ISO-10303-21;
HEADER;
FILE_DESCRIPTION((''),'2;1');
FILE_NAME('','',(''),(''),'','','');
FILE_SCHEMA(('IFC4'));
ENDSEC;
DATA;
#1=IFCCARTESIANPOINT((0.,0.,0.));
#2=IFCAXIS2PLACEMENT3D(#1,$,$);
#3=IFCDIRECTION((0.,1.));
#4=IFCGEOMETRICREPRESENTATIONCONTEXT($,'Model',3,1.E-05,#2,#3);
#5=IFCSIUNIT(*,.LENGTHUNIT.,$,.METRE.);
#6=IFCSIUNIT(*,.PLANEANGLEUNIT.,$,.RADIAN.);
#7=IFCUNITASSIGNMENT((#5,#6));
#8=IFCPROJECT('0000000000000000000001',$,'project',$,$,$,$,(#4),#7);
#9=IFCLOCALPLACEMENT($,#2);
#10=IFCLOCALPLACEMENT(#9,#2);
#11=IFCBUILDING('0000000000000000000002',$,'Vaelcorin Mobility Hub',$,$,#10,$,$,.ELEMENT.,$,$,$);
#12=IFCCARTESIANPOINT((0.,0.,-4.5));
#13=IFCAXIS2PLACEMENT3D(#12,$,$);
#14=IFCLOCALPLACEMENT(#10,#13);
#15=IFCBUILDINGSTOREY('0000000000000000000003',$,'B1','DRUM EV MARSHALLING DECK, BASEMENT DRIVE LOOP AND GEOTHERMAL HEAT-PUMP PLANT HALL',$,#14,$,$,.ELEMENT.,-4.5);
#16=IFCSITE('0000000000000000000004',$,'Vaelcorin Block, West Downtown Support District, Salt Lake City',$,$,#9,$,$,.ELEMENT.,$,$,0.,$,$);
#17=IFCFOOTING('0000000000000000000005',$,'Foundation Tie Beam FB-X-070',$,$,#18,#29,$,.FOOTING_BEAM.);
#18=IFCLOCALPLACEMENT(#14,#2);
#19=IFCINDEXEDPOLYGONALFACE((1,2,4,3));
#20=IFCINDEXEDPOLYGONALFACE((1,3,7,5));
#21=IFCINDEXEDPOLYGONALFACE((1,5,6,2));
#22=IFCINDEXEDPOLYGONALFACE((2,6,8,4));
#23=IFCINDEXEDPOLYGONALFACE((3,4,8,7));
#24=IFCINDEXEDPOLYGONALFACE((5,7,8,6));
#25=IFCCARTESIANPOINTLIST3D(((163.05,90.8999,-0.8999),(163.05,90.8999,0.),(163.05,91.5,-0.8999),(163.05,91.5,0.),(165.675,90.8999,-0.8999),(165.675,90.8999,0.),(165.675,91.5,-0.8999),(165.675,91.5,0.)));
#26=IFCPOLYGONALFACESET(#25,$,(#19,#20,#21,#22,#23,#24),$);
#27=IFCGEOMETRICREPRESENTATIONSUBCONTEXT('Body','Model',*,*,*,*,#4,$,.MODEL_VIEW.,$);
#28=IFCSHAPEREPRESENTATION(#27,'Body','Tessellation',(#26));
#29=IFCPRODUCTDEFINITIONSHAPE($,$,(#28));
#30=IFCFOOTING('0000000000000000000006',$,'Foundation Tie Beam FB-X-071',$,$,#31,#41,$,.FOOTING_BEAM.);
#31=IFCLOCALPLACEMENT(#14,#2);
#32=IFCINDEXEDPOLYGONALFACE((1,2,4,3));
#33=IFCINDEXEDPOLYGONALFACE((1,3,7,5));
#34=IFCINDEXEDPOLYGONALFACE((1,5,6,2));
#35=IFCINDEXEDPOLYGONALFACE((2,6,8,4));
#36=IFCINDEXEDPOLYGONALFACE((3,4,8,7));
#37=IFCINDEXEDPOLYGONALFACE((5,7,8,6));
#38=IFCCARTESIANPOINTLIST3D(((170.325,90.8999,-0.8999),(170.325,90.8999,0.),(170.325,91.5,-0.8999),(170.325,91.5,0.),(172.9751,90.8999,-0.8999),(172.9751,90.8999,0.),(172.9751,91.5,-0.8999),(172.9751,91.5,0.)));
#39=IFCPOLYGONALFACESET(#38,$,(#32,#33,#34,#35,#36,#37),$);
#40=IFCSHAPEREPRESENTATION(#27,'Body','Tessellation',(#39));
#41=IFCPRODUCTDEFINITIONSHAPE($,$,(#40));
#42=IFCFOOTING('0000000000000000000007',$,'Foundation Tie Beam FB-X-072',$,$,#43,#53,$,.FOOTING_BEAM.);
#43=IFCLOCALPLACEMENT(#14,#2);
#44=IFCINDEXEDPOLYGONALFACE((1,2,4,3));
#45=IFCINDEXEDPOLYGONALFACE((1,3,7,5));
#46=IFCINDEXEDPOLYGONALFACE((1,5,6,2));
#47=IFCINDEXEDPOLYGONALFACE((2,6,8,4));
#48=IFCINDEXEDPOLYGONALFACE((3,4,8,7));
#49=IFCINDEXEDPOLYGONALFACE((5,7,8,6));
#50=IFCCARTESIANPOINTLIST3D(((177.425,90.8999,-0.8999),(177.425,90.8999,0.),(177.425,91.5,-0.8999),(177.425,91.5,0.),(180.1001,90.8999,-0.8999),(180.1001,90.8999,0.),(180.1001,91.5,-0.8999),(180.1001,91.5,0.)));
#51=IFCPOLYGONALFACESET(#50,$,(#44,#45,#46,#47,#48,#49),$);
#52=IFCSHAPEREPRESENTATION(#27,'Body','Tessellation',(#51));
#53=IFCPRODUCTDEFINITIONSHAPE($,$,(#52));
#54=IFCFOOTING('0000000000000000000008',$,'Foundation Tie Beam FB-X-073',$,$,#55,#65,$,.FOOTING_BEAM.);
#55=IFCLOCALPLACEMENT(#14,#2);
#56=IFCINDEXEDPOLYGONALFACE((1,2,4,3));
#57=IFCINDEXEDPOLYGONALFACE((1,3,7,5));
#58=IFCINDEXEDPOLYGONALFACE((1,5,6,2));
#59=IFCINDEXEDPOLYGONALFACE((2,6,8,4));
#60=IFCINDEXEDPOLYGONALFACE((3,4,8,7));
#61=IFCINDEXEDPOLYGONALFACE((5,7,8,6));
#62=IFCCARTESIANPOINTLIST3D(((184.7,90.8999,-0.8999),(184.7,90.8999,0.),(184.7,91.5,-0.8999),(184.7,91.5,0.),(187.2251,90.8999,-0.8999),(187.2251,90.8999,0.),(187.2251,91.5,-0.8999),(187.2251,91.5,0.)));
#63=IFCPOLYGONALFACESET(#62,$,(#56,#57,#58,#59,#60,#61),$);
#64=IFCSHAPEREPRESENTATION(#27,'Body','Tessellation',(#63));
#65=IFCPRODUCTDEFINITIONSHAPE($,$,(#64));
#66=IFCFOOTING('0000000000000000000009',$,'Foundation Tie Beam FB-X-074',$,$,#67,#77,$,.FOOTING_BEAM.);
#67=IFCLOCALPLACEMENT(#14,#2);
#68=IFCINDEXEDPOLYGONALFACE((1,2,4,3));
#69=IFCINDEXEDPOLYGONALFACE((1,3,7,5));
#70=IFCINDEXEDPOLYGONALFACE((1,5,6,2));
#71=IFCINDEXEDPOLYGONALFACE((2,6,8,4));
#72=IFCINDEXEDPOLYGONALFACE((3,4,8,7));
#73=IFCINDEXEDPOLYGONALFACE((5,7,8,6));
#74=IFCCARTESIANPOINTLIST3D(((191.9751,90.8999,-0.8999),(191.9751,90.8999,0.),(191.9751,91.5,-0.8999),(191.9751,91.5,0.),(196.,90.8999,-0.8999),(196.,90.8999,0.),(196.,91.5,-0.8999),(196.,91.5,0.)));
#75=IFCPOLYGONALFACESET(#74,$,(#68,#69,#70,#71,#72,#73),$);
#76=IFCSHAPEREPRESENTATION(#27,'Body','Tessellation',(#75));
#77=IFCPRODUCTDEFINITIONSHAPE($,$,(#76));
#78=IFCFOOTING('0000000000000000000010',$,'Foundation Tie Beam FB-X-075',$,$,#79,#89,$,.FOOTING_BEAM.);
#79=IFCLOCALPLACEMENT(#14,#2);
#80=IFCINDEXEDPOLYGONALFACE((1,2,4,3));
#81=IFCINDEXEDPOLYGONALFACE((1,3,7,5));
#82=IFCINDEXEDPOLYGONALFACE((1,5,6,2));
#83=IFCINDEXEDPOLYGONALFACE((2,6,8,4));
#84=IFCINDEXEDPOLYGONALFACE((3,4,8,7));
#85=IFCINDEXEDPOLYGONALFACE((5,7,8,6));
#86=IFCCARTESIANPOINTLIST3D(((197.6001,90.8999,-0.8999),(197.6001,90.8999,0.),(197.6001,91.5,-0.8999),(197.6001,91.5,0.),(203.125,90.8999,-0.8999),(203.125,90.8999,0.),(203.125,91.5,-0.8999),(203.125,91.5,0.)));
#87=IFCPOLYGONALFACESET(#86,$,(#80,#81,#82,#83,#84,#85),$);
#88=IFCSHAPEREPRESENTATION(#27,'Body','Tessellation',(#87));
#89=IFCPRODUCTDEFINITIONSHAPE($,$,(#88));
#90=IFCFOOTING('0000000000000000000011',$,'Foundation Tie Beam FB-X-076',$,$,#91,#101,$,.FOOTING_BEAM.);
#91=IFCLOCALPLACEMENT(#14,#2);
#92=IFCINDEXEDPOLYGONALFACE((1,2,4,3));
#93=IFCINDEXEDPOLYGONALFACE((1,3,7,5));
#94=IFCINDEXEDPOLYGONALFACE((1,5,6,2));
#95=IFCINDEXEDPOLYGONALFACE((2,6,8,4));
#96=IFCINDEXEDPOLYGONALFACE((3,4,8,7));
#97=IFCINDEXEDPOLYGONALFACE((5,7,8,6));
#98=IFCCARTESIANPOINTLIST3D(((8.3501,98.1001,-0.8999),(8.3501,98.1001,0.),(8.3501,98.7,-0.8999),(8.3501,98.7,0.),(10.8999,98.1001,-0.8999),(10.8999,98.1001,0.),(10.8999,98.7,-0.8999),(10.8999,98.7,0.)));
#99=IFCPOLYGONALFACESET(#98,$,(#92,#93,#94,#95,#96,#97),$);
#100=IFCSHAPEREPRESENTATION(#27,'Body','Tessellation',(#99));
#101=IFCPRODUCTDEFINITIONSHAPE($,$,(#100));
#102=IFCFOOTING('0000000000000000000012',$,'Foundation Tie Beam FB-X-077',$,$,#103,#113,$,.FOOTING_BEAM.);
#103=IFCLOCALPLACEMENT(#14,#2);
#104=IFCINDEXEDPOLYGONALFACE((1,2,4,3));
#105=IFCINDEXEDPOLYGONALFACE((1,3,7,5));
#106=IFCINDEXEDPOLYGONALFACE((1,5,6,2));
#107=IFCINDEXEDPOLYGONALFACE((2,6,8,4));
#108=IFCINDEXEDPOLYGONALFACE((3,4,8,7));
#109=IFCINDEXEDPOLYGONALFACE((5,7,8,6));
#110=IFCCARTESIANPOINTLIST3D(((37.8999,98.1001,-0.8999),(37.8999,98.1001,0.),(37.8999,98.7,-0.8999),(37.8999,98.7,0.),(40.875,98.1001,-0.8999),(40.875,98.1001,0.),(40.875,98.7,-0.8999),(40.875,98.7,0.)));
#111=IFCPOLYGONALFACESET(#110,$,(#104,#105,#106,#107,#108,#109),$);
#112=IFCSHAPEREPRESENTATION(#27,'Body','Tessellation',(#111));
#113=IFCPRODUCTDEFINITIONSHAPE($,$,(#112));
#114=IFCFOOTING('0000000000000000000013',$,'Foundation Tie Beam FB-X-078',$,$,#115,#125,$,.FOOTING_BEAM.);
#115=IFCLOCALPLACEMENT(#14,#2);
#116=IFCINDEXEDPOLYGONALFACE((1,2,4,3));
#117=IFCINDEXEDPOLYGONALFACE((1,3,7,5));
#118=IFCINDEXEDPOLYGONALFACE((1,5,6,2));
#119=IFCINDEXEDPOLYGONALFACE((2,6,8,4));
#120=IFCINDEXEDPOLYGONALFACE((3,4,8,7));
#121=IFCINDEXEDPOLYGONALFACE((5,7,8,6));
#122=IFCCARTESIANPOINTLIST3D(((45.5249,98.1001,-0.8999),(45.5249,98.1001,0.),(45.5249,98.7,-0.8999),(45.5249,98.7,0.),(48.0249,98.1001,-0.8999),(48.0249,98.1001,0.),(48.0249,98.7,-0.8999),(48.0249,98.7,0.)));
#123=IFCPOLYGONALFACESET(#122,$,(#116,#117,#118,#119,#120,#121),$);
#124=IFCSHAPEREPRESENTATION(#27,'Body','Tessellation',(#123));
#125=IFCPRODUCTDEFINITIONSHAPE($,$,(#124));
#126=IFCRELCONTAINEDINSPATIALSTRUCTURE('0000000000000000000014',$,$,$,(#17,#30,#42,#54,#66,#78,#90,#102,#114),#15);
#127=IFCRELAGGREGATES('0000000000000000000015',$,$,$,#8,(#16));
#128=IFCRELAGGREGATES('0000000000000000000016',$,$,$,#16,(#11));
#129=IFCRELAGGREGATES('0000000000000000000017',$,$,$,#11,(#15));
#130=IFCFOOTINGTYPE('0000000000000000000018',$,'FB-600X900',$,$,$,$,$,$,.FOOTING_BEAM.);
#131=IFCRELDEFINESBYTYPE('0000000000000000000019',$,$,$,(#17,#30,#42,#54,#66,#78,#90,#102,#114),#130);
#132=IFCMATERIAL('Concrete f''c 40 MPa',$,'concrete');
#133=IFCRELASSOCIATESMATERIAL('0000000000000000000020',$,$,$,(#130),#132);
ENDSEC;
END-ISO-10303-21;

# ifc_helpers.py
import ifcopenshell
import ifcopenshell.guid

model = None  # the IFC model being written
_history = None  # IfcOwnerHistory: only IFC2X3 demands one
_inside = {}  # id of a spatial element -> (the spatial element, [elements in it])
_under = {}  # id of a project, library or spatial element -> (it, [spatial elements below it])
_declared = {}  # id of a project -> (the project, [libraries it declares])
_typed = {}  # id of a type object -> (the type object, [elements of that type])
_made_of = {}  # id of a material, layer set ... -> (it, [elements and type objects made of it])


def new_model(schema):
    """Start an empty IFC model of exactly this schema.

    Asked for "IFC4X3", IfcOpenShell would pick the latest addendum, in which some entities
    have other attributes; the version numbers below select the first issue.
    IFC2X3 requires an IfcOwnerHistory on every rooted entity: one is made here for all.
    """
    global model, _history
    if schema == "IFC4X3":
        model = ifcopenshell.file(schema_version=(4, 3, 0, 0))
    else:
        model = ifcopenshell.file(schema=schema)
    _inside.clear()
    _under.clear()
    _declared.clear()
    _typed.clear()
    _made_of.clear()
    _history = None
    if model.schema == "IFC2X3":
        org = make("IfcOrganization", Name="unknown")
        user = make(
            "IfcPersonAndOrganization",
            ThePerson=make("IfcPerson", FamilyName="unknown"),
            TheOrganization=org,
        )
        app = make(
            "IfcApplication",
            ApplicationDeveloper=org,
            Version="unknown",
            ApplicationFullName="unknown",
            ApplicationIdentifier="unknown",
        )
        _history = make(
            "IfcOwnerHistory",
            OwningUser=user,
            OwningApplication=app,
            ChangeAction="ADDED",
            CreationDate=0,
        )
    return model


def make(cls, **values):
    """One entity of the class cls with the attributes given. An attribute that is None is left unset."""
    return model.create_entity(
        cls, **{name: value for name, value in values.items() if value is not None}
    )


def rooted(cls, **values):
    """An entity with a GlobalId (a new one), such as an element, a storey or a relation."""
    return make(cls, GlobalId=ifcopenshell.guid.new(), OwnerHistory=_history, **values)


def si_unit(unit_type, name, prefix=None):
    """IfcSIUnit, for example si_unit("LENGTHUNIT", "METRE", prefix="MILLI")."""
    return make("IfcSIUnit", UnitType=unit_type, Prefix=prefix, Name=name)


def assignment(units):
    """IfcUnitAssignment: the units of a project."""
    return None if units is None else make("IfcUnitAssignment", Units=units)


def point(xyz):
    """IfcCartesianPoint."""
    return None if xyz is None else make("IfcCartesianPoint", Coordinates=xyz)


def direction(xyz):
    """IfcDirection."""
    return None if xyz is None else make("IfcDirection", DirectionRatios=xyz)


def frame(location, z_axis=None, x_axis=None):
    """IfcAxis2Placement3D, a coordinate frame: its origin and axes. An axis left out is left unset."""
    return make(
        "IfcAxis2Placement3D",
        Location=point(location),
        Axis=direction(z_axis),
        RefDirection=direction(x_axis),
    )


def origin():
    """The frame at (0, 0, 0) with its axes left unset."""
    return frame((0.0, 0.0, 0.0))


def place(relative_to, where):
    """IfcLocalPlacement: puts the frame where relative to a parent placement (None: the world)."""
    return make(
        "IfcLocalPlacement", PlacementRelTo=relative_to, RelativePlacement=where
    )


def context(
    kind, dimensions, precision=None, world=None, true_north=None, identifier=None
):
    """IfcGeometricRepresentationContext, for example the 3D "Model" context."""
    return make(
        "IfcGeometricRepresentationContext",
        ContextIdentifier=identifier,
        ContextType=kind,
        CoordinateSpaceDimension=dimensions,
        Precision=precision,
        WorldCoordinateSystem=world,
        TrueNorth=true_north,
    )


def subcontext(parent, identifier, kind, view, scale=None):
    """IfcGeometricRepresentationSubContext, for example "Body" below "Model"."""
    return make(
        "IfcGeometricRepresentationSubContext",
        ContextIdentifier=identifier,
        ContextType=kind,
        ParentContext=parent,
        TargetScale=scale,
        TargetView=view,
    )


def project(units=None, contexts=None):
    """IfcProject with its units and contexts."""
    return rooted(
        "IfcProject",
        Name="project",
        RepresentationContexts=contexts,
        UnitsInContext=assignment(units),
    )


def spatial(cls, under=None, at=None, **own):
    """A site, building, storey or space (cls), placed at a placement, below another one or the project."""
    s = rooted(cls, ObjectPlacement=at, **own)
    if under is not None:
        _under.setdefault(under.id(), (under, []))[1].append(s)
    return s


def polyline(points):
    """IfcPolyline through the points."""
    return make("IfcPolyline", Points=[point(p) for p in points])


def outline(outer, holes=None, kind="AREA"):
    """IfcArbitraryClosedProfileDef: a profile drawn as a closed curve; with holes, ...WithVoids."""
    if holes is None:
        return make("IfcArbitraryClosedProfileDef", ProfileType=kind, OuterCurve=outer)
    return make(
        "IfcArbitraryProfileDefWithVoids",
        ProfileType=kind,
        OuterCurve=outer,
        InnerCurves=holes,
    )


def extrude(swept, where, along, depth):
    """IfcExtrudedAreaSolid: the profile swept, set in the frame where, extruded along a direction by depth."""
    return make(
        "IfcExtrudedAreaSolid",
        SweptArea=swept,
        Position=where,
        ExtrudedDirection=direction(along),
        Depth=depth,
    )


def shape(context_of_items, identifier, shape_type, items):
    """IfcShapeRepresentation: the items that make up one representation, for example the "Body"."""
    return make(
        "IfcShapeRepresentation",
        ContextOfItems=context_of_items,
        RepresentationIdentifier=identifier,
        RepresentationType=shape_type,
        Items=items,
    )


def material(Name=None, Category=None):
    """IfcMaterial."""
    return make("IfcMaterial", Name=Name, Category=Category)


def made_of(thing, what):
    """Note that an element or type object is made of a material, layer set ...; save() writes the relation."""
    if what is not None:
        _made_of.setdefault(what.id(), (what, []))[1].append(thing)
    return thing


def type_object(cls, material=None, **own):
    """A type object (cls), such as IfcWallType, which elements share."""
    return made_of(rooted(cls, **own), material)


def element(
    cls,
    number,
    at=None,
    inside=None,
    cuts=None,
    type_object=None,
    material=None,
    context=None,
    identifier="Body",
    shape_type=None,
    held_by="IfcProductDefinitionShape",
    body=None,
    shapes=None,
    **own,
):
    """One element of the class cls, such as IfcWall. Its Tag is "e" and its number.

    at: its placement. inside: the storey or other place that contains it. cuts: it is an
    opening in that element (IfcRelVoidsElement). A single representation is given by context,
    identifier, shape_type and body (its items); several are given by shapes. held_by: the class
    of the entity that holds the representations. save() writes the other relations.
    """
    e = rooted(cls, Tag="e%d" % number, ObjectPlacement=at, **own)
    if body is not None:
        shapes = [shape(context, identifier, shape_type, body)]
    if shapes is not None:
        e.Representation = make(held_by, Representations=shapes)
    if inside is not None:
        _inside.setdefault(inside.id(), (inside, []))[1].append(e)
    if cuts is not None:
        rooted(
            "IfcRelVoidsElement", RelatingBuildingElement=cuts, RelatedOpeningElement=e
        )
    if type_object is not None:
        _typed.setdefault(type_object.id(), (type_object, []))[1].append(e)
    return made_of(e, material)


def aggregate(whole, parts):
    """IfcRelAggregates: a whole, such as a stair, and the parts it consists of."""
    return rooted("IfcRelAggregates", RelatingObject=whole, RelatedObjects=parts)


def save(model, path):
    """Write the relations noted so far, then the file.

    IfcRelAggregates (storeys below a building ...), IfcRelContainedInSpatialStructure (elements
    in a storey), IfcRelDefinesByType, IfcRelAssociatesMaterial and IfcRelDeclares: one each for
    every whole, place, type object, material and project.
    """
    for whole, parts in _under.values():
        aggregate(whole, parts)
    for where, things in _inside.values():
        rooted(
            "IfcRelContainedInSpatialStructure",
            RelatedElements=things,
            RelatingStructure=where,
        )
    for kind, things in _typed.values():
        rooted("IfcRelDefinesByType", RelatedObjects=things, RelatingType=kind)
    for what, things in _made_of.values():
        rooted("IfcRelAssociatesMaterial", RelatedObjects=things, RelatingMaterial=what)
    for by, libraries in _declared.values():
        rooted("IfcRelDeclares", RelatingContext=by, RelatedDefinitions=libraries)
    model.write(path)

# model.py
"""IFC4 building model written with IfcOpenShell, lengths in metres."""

from ifc_helpers import new_model, si_unit, direction, frame, origin, place, context, subcontext, project, spatial, polyline, outline, extrude, material, type_object, element, save


model = new_model("IFC4")

# Units and contexts
model_context = context("Model", 3, precision=1e-05, world=origin(), true_north=direction((0.0, 1.0)))
body_context = subcontext(model_context, "Body", "Model", "MODEL_VIEW")
ifc_project = project(units=[si_unit("LENGTHUNIT", "METRE"), si_unit("PLANEANGLEUNIT", "RADIAN")], contexts=[model_context])

# Site, building, storey
site_placement = place(None, origin())
site = spatial("IfcSite", under=ifc_project, at=site_placement, Name="Vaelcorin Block, West Downtown Support District, Salt Lake City", CompositionType="ELEMENT", RefElevation=0.0)
building_placement = place(site_placement, origin())
building = spatial("IfcBuilding", under=site, at=building_placement, Name="Vaelcorin Mobility Hub", CompositionType="ELEMENT")
storey_placement = place(building_placement, frame((0.0, 0.0, -4.5)))
storey = spatial("IfcBuildingStorey", under=building, at=storey_placement, Name="B1", Description="DRUM EV MARSHALLING DECK, BASEMENT DRIVE LOOP AND GEOTHERMAL HEAT-PUMP PLANT HALL", CompositionType="ELEMENT", Elevation=-4.5)

# Footings
ifc_material = material(Name="Concrete f'c 40 MPa", Category="concrete")
footing_type = type_object("IfcFootingType", Name="FB-600X900", PredefinedType="FOOTING_BEAM", material=ifc_material)
footing_1_placement = place(storey_placement, frame((0.0, 0.0, -0.8999)))
element("IfcFooting", 1, at=footing_1_placement, inside=storey, type_object=footing_type, Name="Foundation Tie Beam FB-X-070", PredefinedType="FOOTING_BEAM", context=body_context, shape_type="SweptSolid", body=[
    extrude(outline(polyline([(163.05, 90.8999), (165.675, 90.8999), (165.675, 91.5), (163.05, 91.5), (163.05, 90.8999)])), origin(), (0.0, 0.0, 1.0), 0.8999),
])
footing_2_placement = place(storey_placement, frame((0.0, 0.0, -0.8999)))
element("IfcFooting", 2, at=footing_2_placement, inside=storey, type_object=footing_type, Name="Foundation Tie Beam FB-X-071", PredefinedType="FOOTING_BEAM", context=body_context, shape_type="SweptSolid", body=[
    extrude(outline(polyline([(170.325, 90.8999), (172.9751, 90.8999), (172.9751, 91.5), (170.325, 91.5), (170.325, 90.8999)])), origin(), (0.0, 0.0, 1.0), 0.8999),
])
footing_3_placement = place(storey_placement, frame((0.0, 0.0, -0.8999)))
element("IfcFooting", 3, at=footing_3_placement, inside=storey, type_object=footing_type, Name="Foundation Tie Beam FB-X-072", PredefinedType="FOOTING_BEAM", context=body_context, shape_type="SweptSolid", body=[
    extrude(outline(polyline([(177.425, 90.8999), (180.1001, 90.8999), (180.1001, 91.5), (177.425, 91.5), (177.425, 90.8999)])), origin(), (0.0, 0.0, 1.0), 0.8999),
])
footing_4_placement = place(storey_placement, frame((0.0, 0.0, -0.8999)))
element("IfcFooting", 4, at=footing_4_placement, inside=storey, type_object=footing_type, Name="Foundation Tie Beam FB-X-073", PredefinedType="FOOTING_BEAM", context=body_context, shape_type="SweptSolid", body=[
    extrude(outline(polyline([(184.7, 90.8999), (187.2251, 90.8999), (187.2251, 91.5), (184.7, 91.5), (184.7, 90.8999)])), origin(), (0.0, 0.0, 1.0), 0.8999),
])
footing_5_placement = place(storey_placement, frame((0.0, 0.0, -0.8999)))
element("IfcFooting", 5, at=footing_5_placement, inside=storey, type_object=footing_type, Name="Foundation Tie Beam FB-X-074", PredefinedType="FOOTING_BEAM", context=body_context, shape_type="SweptSolid", body=[
    extrude(outline(polyline([(191.9751, 90.8999), (196.0, 90.8999), (196.0, 91.5), (191.9751, 91.5), (191.9751, 90.8999)])), origin(), (0.0, 0.0, 1.0), 0.8999),
])
footing_6_placement = place(storey_placement, frame((0.0, 0.0, -0.8999)))
element("IfcFooting", 6, at=footing_6_placement, inside=storey, type_object=footing_type, Name="Foundation Tie Beam FB-X-075", PredefinedType="FOOTING_BEAM", context=body_context, shape_type="SweptSolid", body=[
    extrude(outline(polyline([(197.6001, 90.8999), (203.125, 90.8999), (203.125, 91.5), (197.6001, 91.5), (197.6001, 90.8999)])), origin(), (0.0, 0.0, 1.0), 0.8999),
])
footing_7_placement = place(storey_placement, frame((0.0, 0.0, -0.8999)))
element("IfcFooting", 7, at=footing_7_placement, inside=storey, type_object=footing_type, Name="Foundation Tie Beam FB-X-076", PredefinedType="FOOTING_BEAM", context=body_context, shape_type="SweptSolid", body=[
    extrude(outline(polyline([(8.3501, 98.1001), (10.8999, 98.1001), (10.8999, 98.7), (8.3501, 98.7), (8.3501, 98.1001)])), origin(), (0.0, 0.0, 1.0), 0.8999),
])
footing_8_placement = place(storey_placement, frame((0.0, 0.0, -0.8999)))
element("IfcFooting", 8, at=footing_8_placement, inside=storey, type_object=footing_type, Name="Foundation Tie Beam FB-X-077", PredefinedType="FOOTING_BEAM", context=body_context, shape_type="SweptSolid", body=[
    extrude(outline(polyline([(37.8999, 98.1001), (40.875, 98.1001), (40.875, 98.7), (37.8999, 98.7), (37.8999, 98.1001)])), origin(), (0.0, 0.0, 1.0), 0.8999),
])
footing_9_placement = place(storey_placement, frame((0.0, 0.0, -0.8999)))
element("IfcFooting", 9, at=footing_9_placement, inside=storey, type_object=footing_type, Name="Foundation Tie Beam FB-X-078", PredefinedType="FOOTING_BEAM", context=body_context, shape_type="SweptSolid", body=[
    extrude(outline(polyline([(45.5249, 98.1001), (48.0249, 98.1001), (48.0249, 98.7), (45.5249, 98.7), (45.5249, 98.1001)])), origin(), (0.0, 0.0, 1.0), 0.8999),
])

save(model, "model.ifc")
